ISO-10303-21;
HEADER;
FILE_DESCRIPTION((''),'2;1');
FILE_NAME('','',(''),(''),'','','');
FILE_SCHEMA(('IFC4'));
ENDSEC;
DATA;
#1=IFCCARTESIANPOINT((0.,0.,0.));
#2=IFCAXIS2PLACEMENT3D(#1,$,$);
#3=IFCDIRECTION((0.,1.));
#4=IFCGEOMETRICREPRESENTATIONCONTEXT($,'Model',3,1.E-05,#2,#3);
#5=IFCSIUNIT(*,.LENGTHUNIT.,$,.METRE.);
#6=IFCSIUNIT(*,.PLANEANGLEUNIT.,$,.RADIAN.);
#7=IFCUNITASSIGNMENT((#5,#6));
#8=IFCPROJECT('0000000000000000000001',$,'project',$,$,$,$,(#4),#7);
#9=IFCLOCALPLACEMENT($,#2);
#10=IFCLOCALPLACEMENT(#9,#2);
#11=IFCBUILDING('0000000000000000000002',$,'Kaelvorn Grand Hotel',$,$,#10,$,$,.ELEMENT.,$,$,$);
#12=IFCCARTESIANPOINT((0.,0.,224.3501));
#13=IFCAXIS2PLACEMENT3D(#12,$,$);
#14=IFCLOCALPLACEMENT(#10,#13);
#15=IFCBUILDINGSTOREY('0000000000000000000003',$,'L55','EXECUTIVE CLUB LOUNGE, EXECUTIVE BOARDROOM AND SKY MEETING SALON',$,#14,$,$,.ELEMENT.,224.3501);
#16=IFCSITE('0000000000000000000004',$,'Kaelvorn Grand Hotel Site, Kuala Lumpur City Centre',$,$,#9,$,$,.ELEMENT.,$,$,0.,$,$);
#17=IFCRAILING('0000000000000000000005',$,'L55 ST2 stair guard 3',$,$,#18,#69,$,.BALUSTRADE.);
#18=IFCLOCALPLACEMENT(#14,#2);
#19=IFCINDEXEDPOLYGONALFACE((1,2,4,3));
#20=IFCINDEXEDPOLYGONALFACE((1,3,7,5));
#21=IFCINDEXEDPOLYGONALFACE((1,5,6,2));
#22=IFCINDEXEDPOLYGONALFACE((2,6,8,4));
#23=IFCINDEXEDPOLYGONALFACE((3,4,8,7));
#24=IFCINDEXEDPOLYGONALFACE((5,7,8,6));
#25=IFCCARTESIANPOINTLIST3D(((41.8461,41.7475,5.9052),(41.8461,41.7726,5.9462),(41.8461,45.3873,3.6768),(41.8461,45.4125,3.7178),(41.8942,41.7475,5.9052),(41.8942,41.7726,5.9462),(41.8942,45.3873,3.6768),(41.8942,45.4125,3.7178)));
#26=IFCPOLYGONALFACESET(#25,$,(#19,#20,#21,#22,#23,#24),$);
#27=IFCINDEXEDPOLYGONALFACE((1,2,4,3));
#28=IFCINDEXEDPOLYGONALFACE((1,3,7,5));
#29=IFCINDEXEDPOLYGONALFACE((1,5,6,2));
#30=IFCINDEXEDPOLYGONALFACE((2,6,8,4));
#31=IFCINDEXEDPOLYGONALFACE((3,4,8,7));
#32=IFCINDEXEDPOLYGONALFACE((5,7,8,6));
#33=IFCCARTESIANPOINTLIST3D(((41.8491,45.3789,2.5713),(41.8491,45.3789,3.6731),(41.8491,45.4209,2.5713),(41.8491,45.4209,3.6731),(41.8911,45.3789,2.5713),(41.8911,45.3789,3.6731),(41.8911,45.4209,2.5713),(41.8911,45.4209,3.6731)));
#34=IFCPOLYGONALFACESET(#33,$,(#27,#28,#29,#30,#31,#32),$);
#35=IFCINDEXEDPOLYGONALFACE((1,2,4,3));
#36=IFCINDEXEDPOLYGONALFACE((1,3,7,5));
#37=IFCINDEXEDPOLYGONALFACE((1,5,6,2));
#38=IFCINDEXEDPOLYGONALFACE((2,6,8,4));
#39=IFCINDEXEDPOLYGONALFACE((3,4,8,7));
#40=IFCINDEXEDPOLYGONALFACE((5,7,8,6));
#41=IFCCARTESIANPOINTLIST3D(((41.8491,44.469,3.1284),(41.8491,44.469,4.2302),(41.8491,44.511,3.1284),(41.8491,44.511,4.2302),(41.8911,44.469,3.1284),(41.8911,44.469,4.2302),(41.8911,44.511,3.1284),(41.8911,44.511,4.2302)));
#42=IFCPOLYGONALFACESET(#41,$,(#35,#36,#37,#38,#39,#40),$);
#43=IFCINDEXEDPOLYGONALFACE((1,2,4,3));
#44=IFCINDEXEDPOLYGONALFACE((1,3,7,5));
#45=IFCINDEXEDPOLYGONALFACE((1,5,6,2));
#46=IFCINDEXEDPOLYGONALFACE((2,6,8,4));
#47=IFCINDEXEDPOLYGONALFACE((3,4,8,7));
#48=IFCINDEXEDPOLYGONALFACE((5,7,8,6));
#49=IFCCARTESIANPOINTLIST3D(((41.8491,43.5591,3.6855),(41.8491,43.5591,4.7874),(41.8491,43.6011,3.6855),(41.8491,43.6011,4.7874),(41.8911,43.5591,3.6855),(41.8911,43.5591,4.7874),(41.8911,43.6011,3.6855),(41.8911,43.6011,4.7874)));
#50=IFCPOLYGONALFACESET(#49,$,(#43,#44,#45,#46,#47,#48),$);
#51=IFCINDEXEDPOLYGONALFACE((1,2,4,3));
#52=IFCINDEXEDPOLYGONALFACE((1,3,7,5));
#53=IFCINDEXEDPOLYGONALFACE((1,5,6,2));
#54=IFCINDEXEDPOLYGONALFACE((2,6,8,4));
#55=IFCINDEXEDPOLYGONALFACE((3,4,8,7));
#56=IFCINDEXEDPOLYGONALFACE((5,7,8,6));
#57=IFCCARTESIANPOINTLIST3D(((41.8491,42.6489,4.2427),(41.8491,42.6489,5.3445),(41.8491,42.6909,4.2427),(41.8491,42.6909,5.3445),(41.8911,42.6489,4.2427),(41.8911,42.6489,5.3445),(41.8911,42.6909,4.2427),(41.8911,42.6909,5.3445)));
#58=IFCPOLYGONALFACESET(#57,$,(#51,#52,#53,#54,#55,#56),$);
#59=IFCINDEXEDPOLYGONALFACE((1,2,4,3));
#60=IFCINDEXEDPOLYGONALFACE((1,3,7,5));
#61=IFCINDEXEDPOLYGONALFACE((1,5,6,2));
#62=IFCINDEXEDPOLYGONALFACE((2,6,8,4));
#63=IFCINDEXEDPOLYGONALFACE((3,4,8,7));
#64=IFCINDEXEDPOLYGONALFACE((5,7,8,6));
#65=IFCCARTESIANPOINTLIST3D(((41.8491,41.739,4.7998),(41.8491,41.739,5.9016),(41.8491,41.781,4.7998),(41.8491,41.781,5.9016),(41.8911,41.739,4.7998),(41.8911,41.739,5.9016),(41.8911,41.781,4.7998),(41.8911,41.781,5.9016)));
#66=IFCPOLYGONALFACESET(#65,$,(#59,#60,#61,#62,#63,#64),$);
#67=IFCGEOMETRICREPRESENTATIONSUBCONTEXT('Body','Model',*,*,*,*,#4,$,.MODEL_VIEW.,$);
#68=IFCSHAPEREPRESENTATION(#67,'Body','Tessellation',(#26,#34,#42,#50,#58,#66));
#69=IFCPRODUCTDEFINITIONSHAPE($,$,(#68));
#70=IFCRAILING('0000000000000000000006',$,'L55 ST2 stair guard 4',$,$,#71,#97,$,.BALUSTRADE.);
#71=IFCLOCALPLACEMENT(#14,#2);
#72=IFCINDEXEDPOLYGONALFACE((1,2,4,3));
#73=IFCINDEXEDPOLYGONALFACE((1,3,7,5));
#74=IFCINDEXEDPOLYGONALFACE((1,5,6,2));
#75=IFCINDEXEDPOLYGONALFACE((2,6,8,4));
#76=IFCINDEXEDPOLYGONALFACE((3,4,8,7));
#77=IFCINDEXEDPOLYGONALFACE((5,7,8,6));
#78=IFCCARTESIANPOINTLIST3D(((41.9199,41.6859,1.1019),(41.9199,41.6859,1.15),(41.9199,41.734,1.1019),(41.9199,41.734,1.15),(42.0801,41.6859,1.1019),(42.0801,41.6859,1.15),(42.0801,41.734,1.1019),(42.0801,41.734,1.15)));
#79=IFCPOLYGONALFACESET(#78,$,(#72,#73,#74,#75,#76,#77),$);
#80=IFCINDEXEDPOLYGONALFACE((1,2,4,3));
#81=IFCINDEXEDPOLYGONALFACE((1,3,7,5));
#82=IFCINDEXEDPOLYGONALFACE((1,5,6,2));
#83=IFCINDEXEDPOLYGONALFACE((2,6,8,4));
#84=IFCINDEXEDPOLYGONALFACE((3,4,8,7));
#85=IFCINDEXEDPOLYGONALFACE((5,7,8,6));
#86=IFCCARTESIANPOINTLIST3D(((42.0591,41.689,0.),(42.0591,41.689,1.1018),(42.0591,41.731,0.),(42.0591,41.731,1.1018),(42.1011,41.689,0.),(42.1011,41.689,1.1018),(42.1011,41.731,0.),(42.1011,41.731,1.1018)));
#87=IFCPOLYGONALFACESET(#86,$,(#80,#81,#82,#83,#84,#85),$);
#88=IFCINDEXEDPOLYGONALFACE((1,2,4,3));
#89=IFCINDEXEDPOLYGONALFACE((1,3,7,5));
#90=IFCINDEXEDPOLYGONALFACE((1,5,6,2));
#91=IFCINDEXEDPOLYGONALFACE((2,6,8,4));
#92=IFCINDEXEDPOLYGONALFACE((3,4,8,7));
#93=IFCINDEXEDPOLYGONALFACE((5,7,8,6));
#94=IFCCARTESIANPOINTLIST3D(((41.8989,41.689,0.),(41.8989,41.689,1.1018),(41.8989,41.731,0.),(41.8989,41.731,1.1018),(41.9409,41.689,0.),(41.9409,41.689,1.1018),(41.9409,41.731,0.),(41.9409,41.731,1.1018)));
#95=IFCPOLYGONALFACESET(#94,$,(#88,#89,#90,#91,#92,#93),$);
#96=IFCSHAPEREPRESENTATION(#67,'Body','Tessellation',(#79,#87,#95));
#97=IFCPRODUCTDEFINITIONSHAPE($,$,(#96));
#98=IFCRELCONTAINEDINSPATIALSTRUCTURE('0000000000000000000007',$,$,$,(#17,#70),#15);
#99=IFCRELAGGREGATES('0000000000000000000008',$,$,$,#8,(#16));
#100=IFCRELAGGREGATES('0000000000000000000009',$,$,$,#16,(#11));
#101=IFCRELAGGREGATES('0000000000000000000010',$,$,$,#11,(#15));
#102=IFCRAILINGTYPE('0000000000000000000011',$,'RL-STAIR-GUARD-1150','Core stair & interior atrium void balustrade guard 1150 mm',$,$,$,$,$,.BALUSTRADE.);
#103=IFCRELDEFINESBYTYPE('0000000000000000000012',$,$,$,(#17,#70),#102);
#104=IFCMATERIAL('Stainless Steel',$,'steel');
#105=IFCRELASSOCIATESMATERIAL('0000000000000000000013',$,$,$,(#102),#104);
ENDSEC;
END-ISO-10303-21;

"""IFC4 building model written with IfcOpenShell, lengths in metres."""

from ifc_helpers import new_model, si_unit, direction, frame, origin, origin_2d, place, context, subcontext, project, spatial, rectangle, extrude, material, type_object, element, save


model = new_model("IFC4")

# Units and contexts
model_context = context("Model", 3, precision=1e-05, world=origin(), true_north=direction((0.0, 1.0)))
body_context = subcontext(model_context, "Body", "Model", "MODEL_VIEW")
ifc_project = project(units=[si_unit("LENGTHUNIT", "METRE"), si_unit("PLANEANGLEUNIT", "RADIAN")], contexts=[model_context])

# Site, building, storey
site_placement = place(None, origin())
site = spatial("IfcSite", under=ifc_project, at=site_placement, Name="Kaelvorn Grand Hotel Site, Kuala Lumpur City Centre", CompositionType="ELEMENT", RefElevation=0.0)
building_placement = place(site_placement, origin())
building = spatial("IfcBuilding", under=site, at=building_placement, Name="Kaelvorn Grand Hotel", CompositionType="ELEMENT")
storey_placement = place(building_placement, frame((0.0, 0.0, 224.3501)))
storey = spatial("IfcBuildingStorey", under=building, at=storey_placement, Name="L55", Description="EXECUTIVE CLUB LOUNGE, EXECUTIVE BOARDROOM AND SKY MEETING SALON", CompositionType="ELEMENT", Elevation=224.3501)

# Shared definitions
ifc_material_1 = material(Name="Stainless Steel", Category="steel")

# Railings
railing_type_1 = type_object("IfcRailingType", Name="RL-STAIR-GUARD-1150", Description="Core stair & interior atrium void balustrade guard 1150 mm", PredefinedType="BALUSTRADE", material=ifc_material_1)
railing_1_placement = place(storey_placement, frame((41.8701, 45.3999, 2.5713)))
element("IfcRailing", 1, at=railing_1_placement, inside=storey, type_object=railing_type_1, Name="L55 ST2 stair guard 3", PredefinedType="BALUSTRADE", context=body_context, shape_type="SweptSolid", body=[
    extrude(rectangle(XDim=0.0481, YDim=0.0481, at=origin_2d()), frame((0.0, 0.0, 1.126), z_axis=(0.0, -0.85285, 0.522156), x_axis=(1.0, 0.0, 0.0)), (0.0, 0.0, 1.0), 4.2678),
    extrude(rectangle(XDim=0.042, YDim=0.042, at=origin_2d()), origin(), (0.0, 0.0, 1.0), 1.1018),
    extrude(rectangle(XDim=0.042, YDim=0.042, at=origin_2d()), frame((0.0, -0.9099, 0.5571)), (0.0, 0.0, 1.0), 1.1018),
    extrude(rectangle(XDim=0.042, YDim=0.042, at=origin_2d()), frame((0.0, -1.8198, 1.1143)), (0.0, 0.0, 1.0), 1.1018),
    extrude(rectangle(XDim=0.042, YDim=0.042, at=origin_2d()), frame((0.0, -2.73, 1.6714)), (0.0, 0.0, 1.0), 1.1018),
    extrude(rectangle(XDim=0.042, YDim=0.042, at=origin_2d()), frame((0.0, -3.6399, 2.2285)), (0.0, 0.0, 1.0), 1.1018),
])
railing_2_placement = place(storey_placement, frame((42.0801, 41.71, 0.0)))
element("IfcRailing", 2, at=railing_2_placement, inside=storey, type_object=railing_type_1, Name="L55 ST2 stair guard 4", PredefinedType="BALUSTRADE", context=body_context, shape_type="SweptSolid", body=[
    extrude(rectangle(XDim=0.0481, YDim=0.0481, at=origin_2d()), frame((0.0, 0.0, 1.126), z_axis=(-1.0, 0.0, 0.0), x_axis=(0.0, -1.0, 0.0)), (0.0, 0.0, 1.0), 0.1602),
    extrude(rectangle(XDim=0.042, YDim=0.042, at=origin_2d()), origin(), (0.0, 0.0, 1.0), 1.1018),
    extrude(rectangle(XDim=0.042, YDim=0.042, at=origin_2d()), frame((-0.1602, 0.0, 0.0)), (0.0, 0.0, 1.0), 1.1018),
])

save(model, "model.ifc")
